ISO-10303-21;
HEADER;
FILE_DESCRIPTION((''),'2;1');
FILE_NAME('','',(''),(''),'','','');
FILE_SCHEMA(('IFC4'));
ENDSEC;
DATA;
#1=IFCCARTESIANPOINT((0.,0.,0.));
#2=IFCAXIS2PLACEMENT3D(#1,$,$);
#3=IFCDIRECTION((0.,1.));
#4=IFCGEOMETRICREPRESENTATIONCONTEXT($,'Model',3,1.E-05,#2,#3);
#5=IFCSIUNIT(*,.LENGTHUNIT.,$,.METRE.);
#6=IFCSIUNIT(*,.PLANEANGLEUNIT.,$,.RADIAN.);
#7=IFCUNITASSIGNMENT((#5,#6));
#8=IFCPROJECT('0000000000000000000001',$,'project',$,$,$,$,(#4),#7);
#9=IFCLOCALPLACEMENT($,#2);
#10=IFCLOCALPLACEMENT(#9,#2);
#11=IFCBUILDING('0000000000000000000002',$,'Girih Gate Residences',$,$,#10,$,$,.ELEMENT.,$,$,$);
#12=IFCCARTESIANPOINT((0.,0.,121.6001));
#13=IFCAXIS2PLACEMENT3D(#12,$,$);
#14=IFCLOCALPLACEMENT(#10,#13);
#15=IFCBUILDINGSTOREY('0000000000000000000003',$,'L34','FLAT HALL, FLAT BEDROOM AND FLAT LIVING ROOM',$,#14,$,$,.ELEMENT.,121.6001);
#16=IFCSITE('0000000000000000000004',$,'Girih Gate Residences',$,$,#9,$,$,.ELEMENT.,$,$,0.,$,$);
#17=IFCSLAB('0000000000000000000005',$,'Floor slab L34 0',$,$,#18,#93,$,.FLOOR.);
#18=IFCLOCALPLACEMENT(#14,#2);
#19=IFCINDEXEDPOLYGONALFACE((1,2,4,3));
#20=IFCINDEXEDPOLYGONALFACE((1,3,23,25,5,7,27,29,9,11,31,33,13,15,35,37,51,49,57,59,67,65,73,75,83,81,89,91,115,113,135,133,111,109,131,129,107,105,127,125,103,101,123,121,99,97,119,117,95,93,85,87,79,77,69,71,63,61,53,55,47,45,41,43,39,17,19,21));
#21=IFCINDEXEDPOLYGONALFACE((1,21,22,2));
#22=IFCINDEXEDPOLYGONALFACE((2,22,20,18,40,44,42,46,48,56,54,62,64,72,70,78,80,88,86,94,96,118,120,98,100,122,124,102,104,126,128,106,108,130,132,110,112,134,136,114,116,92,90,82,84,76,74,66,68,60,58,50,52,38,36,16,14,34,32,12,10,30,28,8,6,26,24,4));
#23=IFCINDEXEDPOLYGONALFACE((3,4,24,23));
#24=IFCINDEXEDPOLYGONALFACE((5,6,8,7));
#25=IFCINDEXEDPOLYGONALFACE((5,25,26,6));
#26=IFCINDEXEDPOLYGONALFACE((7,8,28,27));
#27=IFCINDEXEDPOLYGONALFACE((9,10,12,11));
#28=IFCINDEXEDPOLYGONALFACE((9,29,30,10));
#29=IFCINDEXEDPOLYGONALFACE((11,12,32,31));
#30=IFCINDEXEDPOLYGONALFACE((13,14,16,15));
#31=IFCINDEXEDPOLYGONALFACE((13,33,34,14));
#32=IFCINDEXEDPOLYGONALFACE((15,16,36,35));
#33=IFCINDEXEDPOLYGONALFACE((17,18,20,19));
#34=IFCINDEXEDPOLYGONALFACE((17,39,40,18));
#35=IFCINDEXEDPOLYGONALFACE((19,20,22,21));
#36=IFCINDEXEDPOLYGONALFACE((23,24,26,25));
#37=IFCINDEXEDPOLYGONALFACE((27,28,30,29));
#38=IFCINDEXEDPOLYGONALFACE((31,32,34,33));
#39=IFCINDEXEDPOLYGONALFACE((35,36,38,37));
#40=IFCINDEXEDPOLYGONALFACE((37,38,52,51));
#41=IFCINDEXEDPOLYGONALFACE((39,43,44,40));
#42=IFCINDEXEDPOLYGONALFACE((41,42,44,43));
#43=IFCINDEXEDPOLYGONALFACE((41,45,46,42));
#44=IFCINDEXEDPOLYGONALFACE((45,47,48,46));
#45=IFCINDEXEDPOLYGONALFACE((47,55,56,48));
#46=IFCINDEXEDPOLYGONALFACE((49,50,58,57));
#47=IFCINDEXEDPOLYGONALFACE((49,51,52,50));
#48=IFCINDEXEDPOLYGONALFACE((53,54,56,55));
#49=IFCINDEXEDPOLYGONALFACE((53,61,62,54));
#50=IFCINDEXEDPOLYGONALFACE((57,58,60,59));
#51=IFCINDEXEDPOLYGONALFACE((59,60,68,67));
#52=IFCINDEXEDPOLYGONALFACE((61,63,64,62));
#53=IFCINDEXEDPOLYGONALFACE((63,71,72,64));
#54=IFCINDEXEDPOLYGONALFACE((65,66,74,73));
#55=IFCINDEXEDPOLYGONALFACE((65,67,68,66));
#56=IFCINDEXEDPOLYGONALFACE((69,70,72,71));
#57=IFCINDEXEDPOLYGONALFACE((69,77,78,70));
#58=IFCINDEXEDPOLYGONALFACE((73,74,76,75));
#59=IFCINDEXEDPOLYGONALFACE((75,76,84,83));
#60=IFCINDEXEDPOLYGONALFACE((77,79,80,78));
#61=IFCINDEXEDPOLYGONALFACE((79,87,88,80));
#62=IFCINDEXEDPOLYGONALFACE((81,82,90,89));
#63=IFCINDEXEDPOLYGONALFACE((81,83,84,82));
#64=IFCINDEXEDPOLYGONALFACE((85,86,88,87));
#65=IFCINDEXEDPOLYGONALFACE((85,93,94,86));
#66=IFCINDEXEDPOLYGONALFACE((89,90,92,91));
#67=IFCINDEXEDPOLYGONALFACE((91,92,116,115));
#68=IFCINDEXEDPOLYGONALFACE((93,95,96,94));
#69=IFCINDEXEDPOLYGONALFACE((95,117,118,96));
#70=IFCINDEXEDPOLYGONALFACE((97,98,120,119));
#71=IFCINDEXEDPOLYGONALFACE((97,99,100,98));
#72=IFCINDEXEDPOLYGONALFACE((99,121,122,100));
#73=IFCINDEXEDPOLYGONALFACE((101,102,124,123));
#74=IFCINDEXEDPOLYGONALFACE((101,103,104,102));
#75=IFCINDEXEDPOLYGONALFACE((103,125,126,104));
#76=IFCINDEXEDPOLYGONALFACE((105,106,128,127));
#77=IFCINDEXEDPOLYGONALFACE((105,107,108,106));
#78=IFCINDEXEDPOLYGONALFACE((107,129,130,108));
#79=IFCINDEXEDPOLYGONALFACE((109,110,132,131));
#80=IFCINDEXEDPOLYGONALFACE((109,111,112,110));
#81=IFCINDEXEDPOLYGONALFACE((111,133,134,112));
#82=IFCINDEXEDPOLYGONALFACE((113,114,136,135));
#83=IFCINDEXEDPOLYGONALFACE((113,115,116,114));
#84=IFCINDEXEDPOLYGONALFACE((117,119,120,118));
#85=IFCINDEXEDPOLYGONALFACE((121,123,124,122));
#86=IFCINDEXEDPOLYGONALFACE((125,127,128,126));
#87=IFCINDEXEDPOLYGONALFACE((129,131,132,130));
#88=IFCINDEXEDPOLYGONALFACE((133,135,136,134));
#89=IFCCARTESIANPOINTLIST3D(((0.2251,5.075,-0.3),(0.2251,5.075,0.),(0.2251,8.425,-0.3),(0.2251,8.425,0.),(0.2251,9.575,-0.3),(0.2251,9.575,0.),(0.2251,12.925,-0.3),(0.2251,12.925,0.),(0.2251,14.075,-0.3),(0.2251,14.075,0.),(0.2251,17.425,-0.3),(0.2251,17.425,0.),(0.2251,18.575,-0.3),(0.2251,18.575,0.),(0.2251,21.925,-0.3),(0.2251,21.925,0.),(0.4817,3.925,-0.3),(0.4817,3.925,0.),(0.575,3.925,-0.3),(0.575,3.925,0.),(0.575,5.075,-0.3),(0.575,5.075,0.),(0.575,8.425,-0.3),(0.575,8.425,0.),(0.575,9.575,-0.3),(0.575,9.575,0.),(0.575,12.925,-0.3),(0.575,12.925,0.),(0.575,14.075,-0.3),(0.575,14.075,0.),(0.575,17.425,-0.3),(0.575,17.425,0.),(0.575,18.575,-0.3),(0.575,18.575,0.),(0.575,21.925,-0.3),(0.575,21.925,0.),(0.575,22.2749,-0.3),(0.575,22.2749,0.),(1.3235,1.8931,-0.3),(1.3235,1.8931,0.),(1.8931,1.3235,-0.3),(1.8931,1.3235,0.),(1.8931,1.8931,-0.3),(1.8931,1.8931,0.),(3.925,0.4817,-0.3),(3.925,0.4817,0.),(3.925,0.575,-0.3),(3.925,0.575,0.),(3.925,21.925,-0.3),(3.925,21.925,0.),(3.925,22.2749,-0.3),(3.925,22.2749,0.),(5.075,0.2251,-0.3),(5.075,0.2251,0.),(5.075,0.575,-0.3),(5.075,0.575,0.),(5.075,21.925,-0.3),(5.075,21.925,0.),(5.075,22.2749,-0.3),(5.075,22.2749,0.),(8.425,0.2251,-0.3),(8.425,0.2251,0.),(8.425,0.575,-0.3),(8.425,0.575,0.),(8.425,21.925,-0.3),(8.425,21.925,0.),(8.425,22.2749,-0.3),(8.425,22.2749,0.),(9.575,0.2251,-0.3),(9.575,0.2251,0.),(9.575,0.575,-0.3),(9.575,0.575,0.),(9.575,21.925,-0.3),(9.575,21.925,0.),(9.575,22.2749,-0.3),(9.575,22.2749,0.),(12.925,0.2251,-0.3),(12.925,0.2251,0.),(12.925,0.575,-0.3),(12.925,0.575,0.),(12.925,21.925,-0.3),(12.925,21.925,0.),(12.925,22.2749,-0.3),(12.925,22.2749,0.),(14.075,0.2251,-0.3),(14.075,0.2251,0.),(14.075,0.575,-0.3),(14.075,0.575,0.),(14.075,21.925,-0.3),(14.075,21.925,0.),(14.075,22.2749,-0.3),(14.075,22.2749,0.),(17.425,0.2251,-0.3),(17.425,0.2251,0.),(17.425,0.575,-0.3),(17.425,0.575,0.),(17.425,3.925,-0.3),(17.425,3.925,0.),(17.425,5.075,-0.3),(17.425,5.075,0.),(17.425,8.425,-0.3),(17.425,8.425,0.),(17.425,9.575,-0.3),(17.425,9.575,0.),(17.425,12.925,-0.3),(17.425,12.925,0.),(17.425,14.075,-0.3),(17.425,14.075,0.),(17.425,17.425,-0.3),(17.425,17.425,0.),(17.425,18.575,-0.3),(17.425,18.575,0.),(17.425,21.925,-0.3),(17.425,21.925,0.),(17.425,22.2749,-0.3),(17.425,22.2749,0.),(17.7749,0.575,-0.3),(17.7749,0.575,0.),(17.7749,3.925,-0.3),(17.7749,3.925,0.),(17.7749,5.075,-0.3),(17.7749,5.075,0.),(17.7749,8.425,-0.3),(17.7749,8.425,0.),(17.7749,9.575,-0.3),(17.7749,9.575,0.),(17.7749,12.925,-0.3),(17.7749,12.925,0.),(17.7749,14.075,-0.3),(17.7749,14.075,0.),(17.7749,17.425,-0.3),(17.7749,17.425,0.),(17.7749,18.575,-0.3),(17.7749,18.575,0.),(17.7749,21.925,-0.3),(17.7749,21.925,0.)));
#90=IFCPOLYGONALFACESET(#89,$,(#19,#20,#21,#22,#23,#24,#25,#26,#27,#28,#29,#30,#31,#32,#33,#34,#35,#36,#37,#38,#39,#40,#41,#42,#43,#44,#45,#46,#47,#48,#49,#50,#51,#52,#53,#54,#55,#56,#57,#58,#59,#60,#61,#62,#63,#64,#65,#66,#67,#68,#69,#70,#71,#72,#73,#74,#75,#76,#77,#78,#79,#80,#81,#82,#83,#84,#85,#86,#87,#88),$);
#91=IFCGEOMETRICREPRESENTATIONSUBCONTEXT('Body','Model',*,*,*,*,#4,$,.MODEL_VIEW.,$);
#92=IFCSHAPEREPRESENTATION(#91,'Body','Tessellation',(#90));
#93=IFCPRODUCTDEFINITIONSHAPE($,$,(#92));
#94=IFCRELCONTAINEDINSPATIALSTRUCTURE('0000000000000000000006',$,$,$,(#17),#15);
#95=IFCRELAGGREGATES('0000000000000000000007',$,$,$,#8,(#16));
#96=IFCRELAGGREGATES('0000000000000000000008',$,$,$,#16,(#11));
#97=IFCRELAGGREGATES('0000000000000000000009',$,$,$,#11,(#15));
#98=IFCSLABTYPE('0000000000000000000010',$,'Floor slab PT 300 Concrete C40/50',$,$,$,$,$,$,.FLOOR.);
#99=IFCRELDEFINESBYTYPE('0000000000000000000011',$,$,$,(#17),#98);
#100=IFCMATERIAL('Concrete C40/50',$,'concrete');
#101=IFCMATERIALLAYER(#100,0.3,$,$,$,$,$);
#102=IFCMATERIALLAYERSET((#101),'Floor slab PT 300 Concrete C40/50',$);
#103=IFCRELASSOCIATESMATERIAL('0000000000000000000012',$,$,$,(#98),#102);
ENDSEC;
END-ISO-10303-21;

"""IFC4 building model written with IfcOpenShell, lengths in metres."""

from ifc_helpers import new_model, si_unit, direction, frame, origin, place, context, subcontext, project, spatial, polyline, outline, extrude, material, layer, layer_set, type_object, element, save


model = new_model("IFC4")

# Units and contexts
model_context = context("Model", 3, precision=1e-05, world=origin(), true_north=direction((0.0, 1.0)))
body_context = subcontext(model_context, "Body", "Model", "MODEL_VIEW")
ifc_project = project(units=[si_unit("LENGTHUNIT", "METRE"), si_unit("PLANEANGLEUNIT", "RADIAN")], contexts=[model_context])

# Site, building, storey
site_placement = place(None, origin())
site = spatial("IfcSite", under=ifc_project, at=site_placement, Name="Girih Gate Residences", CompositionType="ELEMENT", RefElevation=0.0)
building_placement = place(site_placement, origin())
building = spatial("IfcBuilding", under=site, at=building_placement, Name="Girih Gate Residences", CompositionType="ELEMENT")
storey_placement = place(building_placement, frame((0.0, 0.0, 121.6001)))
storey = spatial("IfcBuildingStorey", under=building, at=storey_placement, Name="L34", Description="FLAT HALL, FLAT BEDROOM AND FLAT LIVING ROOM", CompositionType="ELEMENT", Elevation=121.6001)

# Slab
ifc_material_1 = material(Name="Concrete C40/50", Category="concrete")
ifc_layer_1 = layer(ifc_material_1, 0.3)
ifc_layer_set_1 = layer_set([ifc_layer_1], Name="Floor slab PT 300 Concrete C40/50")
slab_type_1 = type_object("IfcSlabType", Name="Floor slab PT 300 Concrete C40/50", PredefinedType="FLOOR", material=ifc_layer_set_1)
slab_1_placement = place(storey_placement, frame((0.0, 0.0, -0.3)))
element("IfcSlab", 1, at=slab_1_placement, inside=storey, type_object=slab_type_1, Name="Floor slab L34 0", PredefinedType="FLOOR", context=body_context, shape_type="SweptSolid", body=[
    extrude(outline(polyline([(0.2251, 8.425), (0.2251, 5.075), (0.575, 5.075), (0.575, 3.925), (0.4817, 3.925), (1.3235, 1.8931), (1.8931, 1.8931), (1.8931, 1.3235), (3.925, 0.4817), (3.925, 0.575), (5.075, 0.575), (5.075, 0.2251), (8.425, 0.2251), (8.425, 0.575), (9.575, 0.575), (9.575, 0.2251), (12.925, 0.2251), (12.925, 0.575), (14.075, 0.575), (14.075, 0.2251), (17.425, 0.2251), (17.425, 0.575), (17.7749, 0.575), (17.7749, 3.925), (17.425, 3.925), (17.425, 5.075), (17.7749, 5.075), (17.7749, 8.425), (17.425, 8.425), (17.425, 9.575), (17.7749, 9.575), (17.7749, 12.925), (17.425, 12.925), (17.425, 14.075), (17.7749, 14.075), (17.7749, 17.425), (17.425, 17.425), (17.425, 18.575), (17.7749, 18.575), (17.7749, 21.925), (17.425, 21.925), (17.425, 22.2749), (14.075, 22.2749), (14.075, 21.925), (12.925, 21.925), (12.925, 22.2749), (9.575, 22.2749), (9.575, 21.925), (8.425, 21.925), (8.425, 22.2749), (5.075, 22.2749), (5.075, 21.925), (3.925, 21.925), (3.925, 22.2749), (0.575, 22.2749), (0.575, 21.925), (0.2251, 21.925), (0.2251, 18.575), (0.575, 18.575), (0.575, 17.425), (0.2251, 17.425), (0.2251, 14.075), (0.575, 14.075), (0.575, 12.925), (0.2251, 12.925), (0.2251, 9.575), (0.575, 9.575), (0.575, 8.425), (0.2251, 8.425)])), origin(), (0.0, 0.0, 1.0), 0.3),
])

save(model, "model.ifc")
